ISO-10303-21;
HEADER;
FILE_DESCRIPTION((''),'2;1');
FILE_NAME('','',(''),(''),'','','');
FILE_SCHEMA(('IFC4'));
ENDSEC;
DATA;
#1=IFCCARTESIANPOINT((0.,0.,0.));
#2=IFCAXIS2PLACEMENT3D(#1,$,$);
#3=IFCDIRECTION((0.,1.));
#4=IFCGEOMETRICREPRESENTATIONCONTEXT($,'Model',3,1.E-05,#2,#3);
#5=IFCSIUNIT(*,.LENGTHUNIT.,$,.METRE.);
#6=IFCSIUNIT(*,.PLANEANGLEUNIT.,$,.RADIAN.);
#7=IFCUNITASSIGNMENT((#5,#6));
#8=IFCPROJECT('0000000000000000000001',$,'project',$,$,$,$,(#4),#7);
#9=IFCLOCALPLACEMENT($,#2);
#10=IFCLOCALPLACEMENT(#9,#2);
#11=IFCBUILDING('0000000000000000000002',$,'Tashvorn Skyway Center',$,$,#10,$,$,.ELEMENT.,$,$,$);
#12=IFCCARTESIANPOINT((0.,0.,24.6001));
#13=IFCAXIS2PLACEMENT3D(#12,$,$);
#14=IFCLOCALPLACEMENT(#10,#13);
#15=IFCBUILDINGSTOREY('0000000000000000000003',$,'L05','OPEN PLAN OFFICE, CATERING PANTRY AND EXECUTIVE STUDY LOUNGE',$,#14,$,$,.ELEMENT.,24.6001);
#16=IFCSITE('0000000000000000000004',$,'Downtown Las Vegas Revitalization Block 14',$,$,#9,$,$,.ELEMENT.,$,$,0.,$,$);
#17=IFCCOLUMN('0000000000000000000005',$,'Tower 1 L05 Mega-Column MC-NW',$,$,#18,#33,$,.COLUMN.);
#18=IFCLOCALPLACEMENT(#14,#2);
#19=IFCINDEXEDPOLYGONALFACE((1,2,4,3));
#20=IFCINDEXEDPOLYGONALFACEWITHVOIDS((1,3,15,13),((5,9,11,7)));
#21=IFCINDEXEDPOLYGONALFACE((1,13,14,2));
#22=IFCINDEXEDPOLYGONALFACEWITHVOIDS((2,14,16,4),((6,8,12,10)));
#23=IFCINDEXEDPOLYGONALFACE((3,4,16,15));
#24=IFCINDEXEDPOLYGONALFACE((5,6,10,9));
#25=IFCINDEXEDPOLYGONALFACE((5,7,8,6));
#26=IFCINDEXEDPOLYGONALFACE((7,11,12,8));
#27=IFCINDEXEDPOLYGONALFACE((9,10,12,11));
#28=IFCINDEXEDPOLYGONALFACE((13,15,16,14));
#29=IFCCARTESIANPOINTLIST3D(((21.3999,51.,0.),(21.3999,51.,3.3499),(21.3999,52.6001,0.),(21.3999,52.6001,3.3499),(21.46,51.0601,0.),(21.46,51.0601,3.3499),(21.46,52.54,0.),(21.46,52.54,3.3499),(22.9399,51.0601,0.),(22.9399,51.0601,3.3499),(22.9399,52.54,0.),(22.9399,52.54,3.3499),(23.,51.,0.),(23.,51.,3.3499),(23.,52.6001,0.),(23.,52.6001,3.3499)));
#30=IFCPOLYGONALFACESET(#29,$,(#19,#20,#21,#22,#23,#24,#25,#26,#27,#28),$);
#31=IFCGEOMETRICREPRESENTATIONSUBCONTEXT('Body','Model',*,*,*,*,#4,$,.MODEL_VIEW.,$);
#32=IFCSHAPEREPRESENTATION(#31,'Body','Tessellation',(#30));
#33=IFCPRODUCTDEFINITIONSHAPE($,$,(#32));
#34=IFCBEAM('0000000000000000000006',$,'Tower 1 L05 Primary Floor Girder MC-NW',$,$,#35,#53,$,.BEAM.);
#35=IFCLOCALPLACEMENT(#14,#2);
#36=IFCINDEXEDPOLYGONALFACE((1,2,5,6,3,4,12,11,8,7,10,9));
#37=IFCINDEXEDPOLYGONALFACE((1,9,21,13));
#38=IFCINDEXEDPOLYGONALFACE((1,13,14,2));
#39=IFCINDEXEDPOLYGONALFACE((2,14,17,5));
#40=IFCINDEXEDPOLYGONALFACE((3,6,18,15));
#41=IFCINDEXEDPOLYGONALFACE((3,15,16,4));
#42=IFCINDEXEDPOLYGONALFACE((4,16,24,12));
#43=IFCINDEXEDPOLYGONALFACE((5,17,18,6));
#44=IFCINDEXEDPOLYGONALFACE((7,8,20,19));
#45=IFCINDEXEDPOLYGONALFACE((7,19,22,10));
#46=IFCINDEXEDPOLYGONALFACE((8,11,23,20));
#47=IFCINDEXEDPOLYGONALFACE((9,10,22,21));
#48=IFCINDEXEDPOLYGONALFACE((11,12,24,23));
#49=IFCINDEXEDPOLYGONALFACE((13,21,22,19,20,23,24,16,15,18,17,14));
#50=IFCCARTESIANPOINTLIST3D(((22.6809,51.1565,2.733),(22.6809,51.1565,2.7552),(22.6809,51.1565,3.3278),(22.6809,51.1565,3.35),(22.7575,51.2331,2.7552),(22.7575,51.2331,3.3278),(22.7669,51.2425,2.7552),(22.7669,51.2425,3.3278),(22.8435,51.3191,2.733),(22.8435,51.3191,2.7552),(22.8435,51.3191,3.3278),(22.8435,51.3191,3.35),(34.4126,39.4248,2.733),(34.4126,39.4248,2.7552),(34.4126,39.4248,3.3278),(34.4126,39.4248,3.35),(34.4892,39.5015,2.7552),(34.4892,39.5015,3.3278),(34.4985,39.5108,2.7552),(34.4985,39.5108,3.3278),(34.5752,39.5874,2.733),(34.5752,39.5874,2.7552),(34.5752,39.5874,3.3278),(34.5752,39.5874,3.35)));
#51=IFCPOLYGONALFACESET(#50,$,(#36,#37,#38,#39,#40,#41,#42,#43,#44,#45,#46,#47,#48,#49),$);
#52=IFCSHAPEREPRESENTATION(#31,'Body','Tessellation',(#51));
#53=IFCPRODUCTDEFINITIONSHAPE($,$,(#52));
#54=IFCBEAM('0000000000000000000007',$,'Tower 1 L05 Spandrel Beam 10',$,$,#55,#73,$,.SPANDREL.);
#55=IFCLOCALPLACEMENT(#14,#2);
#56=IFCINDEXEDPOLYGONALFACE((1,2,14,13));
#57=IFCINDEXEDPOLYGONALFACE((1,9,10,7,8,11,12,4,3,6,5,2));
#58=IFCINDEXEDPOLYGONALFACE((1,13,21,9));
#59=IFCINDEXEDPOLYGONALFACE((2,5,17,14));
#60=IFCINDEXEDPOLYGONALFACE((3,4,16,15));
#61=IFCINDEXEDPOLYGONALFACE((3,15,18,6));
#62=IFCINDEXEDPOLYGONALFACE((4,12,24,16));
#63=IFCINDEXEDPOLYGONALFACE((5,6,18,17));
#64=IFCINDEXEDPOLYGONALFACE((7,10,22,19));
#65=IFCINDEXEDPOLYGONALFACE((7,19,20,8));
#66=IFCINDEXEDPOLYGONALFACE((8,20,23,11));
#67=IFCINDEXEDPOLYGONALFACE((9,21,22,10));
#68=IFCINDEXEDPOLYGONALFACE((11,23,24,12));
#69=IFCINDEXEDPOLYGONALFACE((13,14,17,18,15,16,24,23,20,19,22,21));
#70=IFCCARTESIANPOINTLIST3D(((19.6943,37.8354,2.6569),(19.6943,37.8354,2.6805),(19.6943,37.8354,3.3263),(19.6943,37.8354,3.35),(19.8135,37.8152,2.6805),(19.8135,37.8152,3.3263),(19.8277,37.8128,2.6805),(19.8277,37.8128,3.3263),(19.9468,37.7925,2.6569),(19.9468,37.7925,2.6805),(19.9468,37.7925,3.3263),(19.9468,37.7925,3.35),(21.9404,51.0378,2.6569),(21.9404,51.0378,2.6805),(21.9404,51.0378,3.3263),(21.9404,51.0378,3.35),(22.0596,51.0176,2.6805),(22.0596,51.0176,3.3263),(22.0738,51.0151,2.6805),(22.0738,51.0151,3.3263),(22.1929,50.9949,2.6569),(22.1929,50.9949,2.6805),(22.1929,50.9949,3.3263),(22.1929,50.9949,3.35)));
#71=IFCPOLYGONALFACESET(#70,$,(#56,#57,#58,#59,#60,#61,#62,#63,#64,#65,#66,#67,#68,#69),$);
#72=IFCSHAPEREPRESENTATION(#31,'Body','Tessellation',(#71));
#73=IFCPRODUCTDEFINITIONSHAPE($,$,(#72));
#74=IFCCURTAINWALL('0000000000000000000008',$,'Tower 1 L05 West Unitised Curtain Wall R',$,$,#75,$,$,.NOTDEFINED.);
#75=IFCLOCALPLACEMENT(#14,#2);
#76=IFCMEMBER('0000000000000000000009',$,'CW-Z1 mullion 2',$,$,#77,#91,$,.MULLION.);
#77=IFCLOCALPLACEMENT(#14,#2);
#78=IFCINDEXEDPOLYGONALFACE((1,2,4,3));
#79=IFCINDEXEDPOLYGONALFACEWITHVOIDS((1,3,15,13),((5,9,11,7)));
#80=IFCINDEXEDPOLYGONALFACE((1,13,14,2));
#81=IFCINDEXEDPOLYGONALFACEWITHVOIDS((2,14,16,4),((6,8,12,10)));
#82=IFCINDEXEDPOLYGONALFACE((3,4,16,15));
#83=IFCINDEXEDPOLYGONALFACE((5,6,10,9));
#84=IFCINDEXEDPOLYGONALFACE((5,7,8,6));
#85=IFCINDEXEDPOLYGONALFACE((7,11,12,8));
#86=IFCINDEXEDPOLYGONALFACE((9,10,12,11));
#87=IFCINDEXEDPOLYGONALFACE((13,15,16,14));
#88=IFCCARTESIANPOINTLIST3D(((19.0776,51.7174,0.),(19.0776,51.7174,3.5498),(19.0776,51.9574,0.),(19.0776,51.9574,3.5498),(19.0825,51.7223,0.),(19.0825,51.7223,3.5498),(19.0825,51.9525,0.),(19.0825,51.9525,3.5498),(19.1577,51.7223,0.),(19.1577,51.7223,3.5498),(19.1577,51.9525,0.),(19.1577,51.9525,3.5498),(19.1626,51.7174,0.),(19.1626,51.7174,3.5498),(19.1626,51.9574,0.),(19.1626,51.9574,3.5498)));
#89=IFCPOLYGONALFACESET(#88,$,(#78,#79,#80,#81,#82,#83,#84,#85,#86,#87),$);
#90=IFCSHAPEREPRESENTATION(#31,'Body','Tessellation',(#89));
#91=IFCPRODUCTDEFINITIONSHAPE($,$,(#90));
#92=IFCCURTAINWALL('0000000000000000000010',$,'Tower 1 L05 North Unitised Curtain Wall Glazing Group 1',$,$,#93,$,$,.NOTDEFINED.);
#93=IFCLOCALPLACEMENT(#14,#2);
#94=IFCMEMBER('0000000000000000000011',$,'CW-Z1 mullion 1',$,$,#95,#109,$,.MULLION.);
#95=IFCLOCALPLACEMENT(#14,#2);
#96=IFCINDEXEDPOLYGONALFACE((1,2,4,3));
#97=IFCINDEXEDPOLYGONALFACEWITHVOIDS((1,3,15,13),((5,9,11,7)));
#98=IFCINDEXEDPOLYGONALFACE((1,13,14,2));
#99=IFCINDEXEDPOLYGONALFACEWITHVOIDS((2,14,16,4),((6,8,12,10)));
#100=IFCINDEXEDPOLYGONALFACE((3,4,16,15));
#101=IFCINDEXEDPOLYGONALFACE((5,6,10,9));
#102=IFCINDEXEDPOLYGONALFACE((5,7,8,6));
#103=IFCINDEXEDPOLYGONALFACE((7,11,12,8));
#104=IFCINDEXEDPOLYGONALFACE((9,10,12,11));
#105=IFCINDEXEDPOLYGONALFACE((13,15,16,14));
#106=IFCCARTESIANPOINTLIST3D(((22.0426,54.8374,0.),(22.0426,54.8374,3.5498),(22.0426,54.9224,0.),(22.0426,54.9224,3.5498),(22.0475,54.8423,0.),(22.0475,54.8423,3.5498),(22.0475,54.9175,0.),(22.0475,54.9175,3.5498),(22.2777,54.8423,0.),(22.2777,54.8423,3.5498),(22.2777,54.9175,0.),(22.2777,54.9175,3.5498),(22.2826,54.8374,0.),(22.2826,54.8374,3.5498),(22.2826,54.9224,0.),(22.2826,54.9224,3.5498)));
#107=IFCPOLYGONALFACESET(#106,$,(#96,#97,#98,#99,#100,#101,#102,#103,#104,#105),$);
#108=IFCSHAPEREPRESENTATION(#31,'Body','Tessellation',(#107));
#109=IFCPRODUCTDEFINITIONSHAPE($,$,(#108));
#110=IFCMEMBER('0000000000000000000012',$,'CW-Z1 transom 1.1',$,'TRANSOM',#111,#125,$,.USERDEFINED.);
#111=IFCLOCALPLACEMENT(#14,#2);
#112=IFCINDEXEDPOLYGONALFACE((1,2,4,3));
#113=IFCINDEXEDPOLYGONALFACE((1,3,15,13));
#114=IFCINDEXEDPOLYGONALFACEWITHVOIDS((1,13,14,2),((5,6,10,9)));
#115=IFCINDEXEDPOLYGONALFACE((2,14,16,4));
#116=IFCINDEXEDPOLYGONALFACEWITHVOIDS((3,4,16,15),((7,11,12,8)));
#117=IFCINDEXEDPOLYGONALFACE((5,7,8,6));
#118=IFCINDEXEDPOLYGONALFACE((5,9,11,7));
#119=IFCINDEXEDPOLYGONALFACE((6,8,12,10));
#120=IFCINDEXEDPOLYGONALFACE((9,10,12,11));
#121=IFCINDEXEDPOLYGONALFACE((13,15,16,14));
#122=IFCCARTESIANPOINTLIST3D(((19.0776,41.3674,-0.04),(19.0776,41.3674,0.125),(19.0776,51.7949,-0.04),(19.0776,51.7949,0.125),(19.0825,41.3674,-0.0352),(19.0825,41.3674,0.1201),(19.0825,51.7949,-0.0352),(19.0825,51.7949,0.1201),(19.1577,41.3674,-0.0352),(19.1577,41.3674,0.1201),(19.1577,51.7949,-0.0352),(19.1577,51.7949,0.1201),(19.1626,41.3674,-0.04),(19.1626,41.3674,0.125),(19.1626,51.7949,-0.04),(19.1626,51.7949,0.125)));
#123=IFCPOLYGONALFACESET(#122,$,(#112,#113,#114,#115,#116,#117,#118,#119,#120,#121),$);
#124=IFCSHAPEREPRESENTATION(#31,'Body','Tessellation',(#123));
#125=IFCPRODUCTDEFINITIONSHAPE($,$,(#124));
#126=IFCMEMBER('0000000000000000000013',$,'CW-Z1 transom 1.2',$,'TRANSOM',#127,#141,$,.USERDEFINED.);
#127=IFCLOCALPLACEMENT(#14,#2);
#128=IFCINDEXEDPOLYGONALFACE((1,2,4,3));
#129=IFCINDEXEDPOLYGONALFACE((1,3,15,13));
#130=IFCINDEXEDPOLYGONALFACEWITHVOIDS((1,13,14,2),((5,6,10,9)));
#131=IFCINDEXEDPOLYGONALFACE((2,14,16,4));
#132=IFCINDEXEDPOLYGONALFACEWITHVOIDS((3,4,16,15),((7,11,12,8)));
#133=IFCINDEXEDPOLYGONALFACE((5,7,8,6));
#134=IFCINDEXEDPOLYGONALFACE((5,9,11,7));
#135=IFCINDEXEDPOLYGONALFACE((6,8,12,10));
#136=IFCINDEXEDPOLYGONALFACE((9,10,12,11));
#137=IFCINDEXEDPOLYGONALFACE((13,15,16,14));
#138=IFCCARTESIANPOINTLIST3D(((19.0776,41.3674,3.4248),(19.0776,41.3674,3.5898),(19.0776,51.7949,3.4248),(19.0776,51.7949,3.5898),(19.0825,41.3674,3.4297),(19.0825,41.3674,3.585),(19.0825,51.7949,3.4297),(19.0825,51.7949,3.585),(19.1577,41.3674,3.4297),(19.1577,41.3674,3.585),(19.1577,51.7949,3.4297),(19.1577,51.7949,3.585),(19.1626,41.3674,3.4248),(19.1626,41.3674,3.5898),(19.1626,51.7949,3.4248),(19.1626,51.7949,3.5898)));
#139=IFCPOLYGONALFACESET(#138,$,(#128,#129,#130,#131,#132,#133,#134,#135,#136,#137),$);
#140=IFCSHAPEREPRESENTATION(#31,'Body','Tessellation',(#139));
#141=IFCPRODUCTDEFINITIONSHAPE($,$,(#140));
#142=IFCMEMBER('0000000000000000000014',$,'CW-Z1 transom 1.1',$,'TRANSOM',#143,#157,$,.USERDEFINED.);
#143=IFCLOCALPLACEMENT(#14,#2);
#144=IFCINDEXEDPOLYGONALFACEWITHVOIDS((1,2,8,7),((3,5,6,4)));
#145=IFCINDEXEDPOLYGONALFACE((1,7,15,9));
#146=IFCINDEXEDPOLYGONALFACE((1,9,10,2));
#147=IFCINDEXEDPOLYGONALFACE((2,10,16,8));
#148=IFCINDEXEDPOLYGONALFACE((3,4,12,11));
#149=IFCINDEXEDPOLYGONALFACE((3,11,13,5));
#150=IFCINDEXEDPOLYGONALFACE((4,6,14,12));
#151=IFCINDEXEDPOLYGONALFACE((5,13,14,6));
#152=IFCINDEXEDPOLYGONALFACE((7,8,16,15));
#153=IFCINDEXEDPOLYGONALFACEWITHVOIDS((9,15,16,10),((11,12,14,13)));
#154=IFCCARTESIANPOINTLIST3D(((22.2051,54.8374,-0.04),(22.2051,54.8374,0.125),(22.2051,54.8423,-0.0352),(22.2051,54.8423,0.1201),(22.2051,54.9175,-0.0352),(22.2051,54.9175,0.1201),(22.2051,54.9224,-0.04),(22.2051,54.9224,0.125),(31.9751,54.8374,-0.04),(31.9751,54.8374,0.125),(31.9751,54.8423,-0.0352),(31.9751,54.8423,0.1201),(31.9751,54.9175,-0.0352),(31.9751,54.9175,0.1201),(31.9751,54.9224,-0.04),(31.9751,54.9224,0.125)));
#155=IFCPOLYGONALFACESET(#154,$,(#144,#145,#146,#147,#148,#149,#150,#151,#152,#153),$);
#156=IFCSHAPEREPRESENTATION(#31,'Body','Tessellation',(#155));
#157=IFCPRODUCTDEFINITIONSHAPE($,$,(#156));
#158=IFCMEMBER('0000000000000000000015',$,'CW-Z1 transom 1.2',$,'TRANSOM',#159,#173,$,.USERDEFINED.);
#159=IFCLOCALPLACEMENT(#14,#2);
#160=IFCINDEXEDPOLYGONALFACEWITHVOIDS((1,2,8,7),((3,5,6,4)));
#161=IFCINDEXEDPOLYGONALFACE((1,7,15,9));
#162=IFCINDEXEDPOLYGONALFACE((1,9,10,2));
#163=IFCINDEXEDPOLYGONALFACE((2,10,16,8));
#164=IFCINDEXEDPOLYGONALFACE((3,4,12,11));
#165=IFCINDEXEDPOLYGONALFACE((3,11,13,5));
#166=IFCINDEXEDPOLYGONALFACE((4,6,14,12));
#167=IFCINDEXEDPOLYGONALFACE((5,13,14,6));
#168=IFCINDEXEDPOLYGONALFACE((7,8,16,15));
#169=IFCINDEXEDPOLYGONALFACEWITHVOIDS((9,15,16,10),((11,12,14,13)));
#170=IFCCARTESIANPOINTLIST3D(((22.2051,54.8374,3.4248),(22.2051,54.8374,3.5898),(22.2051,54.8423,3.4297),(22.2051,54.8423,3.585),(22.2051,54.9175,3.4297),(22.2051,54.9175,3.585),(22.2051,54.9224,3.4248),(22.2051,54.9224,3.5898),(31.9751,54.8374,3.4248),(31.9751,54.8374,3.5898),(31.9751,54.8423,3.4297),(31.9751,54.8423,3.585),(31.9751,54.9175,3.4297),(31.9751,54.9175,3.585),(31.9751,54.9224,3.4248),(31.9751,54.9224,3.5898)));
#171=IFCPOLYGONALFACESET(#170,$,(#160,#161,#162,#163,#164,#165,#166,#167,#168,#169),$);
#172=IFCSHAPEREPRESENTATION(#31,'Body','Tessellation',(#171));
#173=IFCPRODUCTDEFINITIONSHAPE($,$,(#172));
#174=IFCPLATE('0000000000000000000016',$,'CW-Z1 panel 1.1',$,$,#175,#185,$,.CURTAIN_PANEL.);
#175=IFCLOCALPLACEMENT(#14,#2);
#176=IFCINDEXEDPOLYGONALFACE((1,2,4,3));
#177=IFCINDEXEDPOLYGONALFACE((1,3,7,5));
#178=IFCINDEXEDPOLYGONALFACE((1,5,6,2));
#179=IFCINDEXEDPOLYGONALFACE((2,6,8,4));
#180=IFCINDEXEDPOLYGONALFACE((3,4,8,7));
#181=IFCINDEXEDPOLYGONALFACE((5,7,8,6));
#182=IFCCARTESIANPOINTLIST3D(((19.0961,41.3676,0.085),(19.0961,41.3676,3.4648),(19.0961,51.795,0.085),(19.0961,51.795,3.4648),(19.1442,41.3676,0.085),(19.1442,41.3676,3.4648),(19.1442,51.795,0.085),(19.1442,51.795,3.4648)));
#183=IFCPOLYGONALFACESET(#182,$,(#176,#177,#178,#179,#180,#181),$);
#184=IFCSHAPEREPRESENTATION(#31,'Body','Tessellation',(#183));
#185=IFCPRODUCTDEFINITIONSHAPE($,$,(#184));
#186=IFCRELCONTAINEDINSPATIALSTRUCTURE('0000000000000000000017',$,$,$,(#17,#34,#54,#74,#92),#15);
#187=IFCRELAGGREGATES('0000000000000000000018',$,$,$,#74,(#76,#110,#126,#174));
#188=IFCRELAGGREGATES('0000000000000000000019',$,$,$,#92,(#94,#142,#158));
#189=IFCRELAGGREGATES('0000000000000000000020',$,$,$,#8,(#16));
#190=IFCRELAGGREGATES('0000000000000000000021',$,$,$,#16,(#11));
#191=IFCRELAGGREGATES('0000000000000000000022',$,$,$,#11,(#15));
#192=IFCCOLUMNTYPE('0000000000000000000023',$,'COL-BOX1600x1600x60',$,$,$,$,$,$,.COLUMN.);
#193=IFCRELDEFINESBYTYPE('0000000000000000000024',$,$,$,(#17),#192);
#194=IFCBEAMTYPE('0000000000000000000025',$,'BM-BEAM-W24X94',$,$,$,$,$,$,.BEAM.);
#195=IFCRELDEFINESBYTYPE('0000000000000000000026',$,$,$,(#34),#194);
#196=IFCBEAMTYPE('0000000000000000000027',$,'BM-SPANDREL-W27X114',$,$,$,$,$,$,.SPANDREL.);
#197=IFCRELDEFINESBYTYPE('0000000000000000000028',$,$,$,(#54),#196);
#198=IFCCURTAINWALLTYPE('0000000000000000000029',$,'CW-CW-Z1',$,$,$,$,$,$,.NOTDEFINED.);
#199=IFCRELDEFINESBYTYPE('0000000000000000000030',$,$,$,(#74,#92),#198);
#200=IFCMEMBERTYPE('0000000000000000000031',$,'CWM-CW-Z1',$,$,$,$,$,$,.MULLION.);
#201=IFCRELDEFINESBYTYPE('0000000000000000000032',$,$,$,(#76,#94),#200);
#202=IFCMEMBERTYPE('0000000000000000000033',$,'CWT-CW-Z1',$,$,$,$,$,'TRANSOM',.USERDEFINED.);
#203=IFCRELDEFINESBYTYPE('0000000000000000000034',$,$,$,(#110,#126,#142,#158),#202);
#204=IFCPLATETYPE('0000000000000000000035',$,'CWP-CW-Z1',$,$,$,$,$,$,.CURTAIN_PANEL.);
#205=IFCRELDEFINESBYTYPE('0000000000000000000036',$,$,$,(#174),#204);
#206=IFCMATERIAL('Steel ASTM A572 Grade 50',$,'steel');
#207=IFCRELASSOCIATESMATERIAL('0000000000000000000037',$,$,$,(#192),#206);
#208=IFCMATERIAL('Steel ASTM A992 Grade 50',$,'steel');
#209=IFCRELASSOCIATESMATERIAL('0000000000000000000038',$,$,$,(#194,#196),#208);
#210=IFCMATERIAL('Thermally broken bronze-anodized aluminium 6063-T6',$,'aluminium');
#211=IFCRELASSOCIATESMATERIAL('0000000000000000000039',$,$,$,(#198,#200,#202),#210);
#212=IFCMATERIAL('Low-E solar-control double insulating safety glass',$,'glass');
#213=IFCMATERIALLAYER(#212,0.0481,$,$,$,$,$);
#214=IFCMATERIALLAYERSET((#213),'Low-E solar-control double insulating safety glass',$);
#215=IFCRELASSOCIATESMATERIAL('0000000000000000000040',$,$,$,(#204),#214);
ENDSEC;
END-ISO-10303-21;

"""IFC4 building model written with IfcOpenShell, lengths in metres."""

from ifc_helpers import new_model, si_unit, direction, frame, origin, origin_2d, place, context, subcontext, project, spatial, rectangle, hollow_rectangle, i_section, extrude, material, layer, layer_set, material_profile, profile_set, type_object, element, aggregate, save


model = new_model("IFC4")

# Units and contexts
model_context = context("Model", 3, precision=1e-05, world=origin(), true_north=direction((0.0, 1.0)))
body_context = subcontext(model_context, "Body", "Model", "MODEL_VIEW")
ifc_project = project(units=[si_unit("LENGTHUNIT", "METRE"), si_unit("PLANEANGLEUNIT", "RADIAN")], contexts=[model_context])

# Site, building, storey
site_placement = place(None, origin())
site = spatial("IfcSite", under=ifc_project, at=site_placement, Name="Downtown Las Vegas Revitalization Block 14", CompositionType="ELEMENT", RefElevation=0.0)
building_placement = place(site_placement, origin())
building = spatial("IfcBuilding", under=site, at=building_placement, Name="Tashvorn Skyway Center", CompositionType="ELEMENT")
storey_placement = place(building_placement, frame((0.0, 0.0, 24.6001)))
storey = spatial("IfcBuildingStorey", under=building, at=storey_placement, Name="L05", Description="OPEN PLAN OFFICE, CATERING PANTRY AND EXECUTIVE STUDY LOUNGE", CompositionType="ELEMENT", Elevation=24.6001)

# Column
ifc_material_1 = material(Name="Steel ASTM A572 Grade 50", Category="steel")
ifc_material_profile_1 = material_profile(ifc_material_1, hollow_rectangle(XDim=1.6001, YDim=1.6001, WallThickness=0.0601, at=origin_2d()), Name="BOX1600x1600x60")
ifc_profile_set_1 = profile_set([ifc_material_profile_1], Name="Steel ASTM A572 Grade 50")
column_type = type_object("IfcColumnType", Name="COL-BOX1600x1600x60", PredefinedType="COLUMN", material=ifc_profile_set_1)
column_placement = place(storey_placement, frame((22.2, 51.8, 0.0), z_axis=(0.0, 0.0, 1.0), x_axis=(1.0, 0.0, 0.0)))
element("IfcColumn", 1, at=column_placement, inside=storey, type_object=column_type, Name="Tower 1 L05 Mega-Column MC-NW", PredefinedType="COLUMN", context=body_context, shape_type="SweptSolid", body=[
    extrude(hollow_rectangle(XDim=1.6001, YDim=1.6001, WallThickness=0.0601, at=origin_2d()), origin(), (0.0, 0.0, 1.0), 3.3499),
])

# Beams
ifc_material_2 = material(Name="Steel ASTM A992 Grade 50", Category="steel")
ifc_material_profile_2 = material_profile(ifc_material_2, i_section(OverallWidth=0.23, OverallDepth=0.6169, WebThickness=0.0132, FlangeThickness=0.0222, at=origin_2d()), Name="W24X94")
ifc_profile_set_2 = profile_set([ifc_material_profile_2], Name="Steel ASTM A992 Grade 50")
beam_type_1 = type_object("IfcBeamType", Name="BM-BEAM-W24X94", PredefinedType="BEAM", material=ifc_profile_set_2)
beam_1_placement = place(storey_placement, frame((22.7622, 51.2378, 3.0415), z_axis=(0.707107, -0.707107, 0.0), x_axis=(0.707107, 0.707107, 0.0)))
element("IfcBeam", 2, at=beam_1_placement, inside=storey, type_object=beam_type_1, Name="Tower 1 L05 Primary Floor Girder MC-NW", PredefinedType="BEAM", context=body_context, shape_type="SweptSolid", body=[
    extrude(i_section(OverallWidth=0.23, OverallDepth=0.6169, WebThickness=0.0132, FlangeThickness=0.0222, at=origin_2d()), origin(), (0.0, 0.0, 1.0), 16.5911),
])
ifc_material_profile_3 = material_profile(ifc_material_2, i_section(OverallWidth=0.2561, OverallDepth=0.6931, WebThickness=0.0144, FlangeThickness=0.0237, at=origin_2d()), Name="W27X114")
ifc_profile_set_3 = profile_set([ifc_material_profile_3], Name="Steel ASTM A992 Grade 50")
beam_type_2 = type_object("IfcBeamType", Name="BM-SPANDREL-W27X114", PredefinedType="SPANDREL", material=ifc_profile_set_3)
beam_2_placement = place(storey_placement, frame((22.0667, 51.0164, 3.0034), z_axis=(-0.167718, -0.985835, 0.0), x_axis=(0.985835, -0.167718, 0.0)))
element("IfcBeam", 3, at=beam_2_placement, inside=storey, type_object=beam_type_2, Name="Tower 1 L05 Spandrel Beam 10", PredefinedType="SPANDREL", context=body_context, shape_type="SweptSolid", body=[
    extrude(i_section(OverallWidth=0.2561, OverallDepth=0.6931, WebThickness=0.0144, FlangeThickness=0.0237, at=origin_2d()), origin(), (0.0, 0.0, 1.0), 13.3921),
])

# Curtain walls, members
ifc_material_3 = material(Name="Thermally broken bronze-anodized aluminium 6063-T6", Category="aluminium")
curtain_wall_type = type_object("IfcCurtainWallType", Name="CW-CW-Z1", PredefinedType="NOTDEFINED", material=ifc_material_3)
curtain_wall_1_placement = place(storey_placement, origin())
curtain_wall_1 = element("IfcCurtainWall", 4, at=curtain_wall_1_placement, inside=storey, type_object=curtain_wall_type, Name="Tower 1 L05 West Unitised Curtain Wall R", PredefinedType="NOTDEFINED")
ifc_material_profile_4 = material_profile(ifc_material_3, hollow_rectangle(XDim=0.085, YDim=0.24, WallThickness=0.0049, at=origin_2d()), Name="ALU-MULL-85x240")
ifc_profile_set_4 = profile_set([ifc_material_profile_4], Name="Thermally broken bronze-anodized aluminium 6063-T6")
member_type_1 = type_object("IfcMemberType", Name="CWM-CW-Z1", PredefinedType="MULLION", material=ifc_profile_set_4)
member_1_placement = place(storey_placement, frame((19.1201, 51.8374, 0.0), z_axis=(0.0, 0.0, 1.0), x_axis=(-1.0, 0.0, 0.0)))
member_1 = element("IfcMember", 5, at=member_1_placement, type_object=member_type_1, Name="CW-Z1 mullion 2", PredefinedType="MULLION", context=body_context, shape_type="SweptSolid", body=[
    extrude(hollow_rectangle(XDim=0.085, YDim=0.24, WallThickness=0.0049, at=origin_2d()), origin(), (0.0, 0.0, 1.0), 3.5498),
])
curtain_wall_2_placement = place(storey_placement, origin())
curtain_wall_2 = element("IfcCurtainWall", 6, at=curtain_wall_2_placement, inside=storey, type_object=curtain_wall_type, Name="Tower 1 L05 North Unitised Curtain Wall Glazing Group 1", PredefinedType="NOTDEFINED")
member_2_placement = place(storey_placement, frame((22.1626, 54.8799, 0.0), z_axis=(0.0, 0.0, 1.0), x_axis=(0.0, 1.0, 0.0)))
member_2 = element("IfcMember", 7, at=member_2_placement, type_object=member_type_1, Name="CW-Z1 mullion 1", PredefinedType="MULLION", context=body_context, shape_type="SweptSolid", body=[
    extrude(hollow_rectangle(XDim=0.085, YDim=0.24, WallThickness=0.0049, at=origin_2d()), origin(), (0.0, 0.0, 1.0), 3.5498),
])

# Members
ifc_material_profile_5 = material_profile(ifc_material_3, hollow_rectangle(XDim=0.085, YDim=0.165, WallThickness=0.0049, at=origin_2d()), Name="ALU-TRAN-85x165")
ifc_profile_set_5 = profile_set([ifc_material_profile_5], Name="Thermally broken bronze-anodized aluminium 6063-T6")
member_type_2 = type_object("IfcMemberType", Name="CWT-CW-Z1", ElementType="TRANSOM", PredefinedType="USERDEFINED", material=ifc_profile_set_5)
member_3_placement = place(storey_placement, frame((19.1201, 41.3674, 0.0425), z_axis=(0.0, 1.0, 0.0), x_axis=(-1.0, 0.0, 0.0)))
member_3 = element("IfcMember", 8, at=member_3_placement, type_object=member_type_2, Name="CW-Z1 transom 1.1", ObjectType="TRANSOM", PredefinedType="USERDEFINED", context=body_context, shape_type="SweptSolid", body=[
    extrude(hollow_rectangle(XDim=0.085, YDim=0.165, WallThickness=0.0049, at=origin_2d()), origin(), (0.0, 0.0, 1.0), 10.4275),
])
member_4_placement = place(storey_placement, frame((19.1201, 41.3674, 3.5073), z_axis=(0.0, 1.0, 0.0), x_axis=(-1.0, 0.0, 0.0)))
member_4 = element("IfcMember", 9, at=member_4_placement, type_object=member_type_2, Name="CW-Z1 transom 1.2", ObjectType="TRANSOM", PredefinedType="USERDEFINED", context=body_context, shape_type="SweptSolid", body=[
    extrude(hollow_rectangle(XDim=0.085, YDim=0.165, WallThickness=0.0049, at=origin_2d()), origin(), (0.0, 0.0, 1.0), 10.4275),
])
member_5_placement = place(storey_placement, frame((22.2051, 54.8799, 0.0425), z_axis=(1.0, 0.0, 0.0), x_axis=(0.0, 1.0, 0.0)))
member_5 = element("IfcMember", 10, at=member_5_placement, type_object=member_type_2, Name="CW-Z1 transom 1.1", ObjectType="TRANSOM", PredefinedType="USERDEFINED", context=body_context, shape_type="SweptSolid", body=[
    extrude(hollow_rectangle(XDim=0.085, YDim=0.165, WallThickness=0.0049, at=origin_2d()), origin(), (0.0, 0.0, 1.0), 9.77),
])
member_6_placement = place(storey_placement, frame((22.2051, 54.8799, 3.5073), z_axis=(1.0, 0.0, 0.0), x_axis=(0.0, 1.0, 0.0)))
member_6 = element("IfcMember", 11, at=member_6_placement, type_object=member_type_2, Name="CW-Z1 transom 1.2", ObjectType="TRANSOM", PredefinedType="USERDEFINED", context=body_context, shape_type="SweptSolid", body=[
    extrude(hollow_rectangle(XDim=0.085, YDim=0.165, WallThickness=0.0049, at=origin_2d()), origin(), (0.0, 0.0, 1.0), 9.77),
])

# Plate
ifc_material_4 = material(Name="Low-E solar-control double insulating safety glass", Category="glass")
ifc_layer_1 = layer(ifc_material_4, 0.0481)
ifc_layer_set_1 = layer_set([ifc_layer_1], Name="Low-E solar-control double insulating safety glass")
plate_type = type_object("IfcPlateType", Name="CWP-CW-Z1", PredefinedType="CURTAIN_PANEL", material=ifc_layer_set_1)
plate_1_placement = place(storey_placement, frame((19.1201, 46.5813, 0.085), z_axis=(0.0, 0.0, 1.0), x_axis=(0.0, 1.0, 0.0)))
plate_1 = element("IfcPlate", 12, at=plate_1_placement, type_object=plate_type, Name="CW-Z1 panel 1.1", PredefinedType="CURTAIN_PANEL", context=body_context, shape_type="SweptSolid", body=[
    extrude(rectangle(XDim=10.4275, YDim=0.0481, at=origin_2d()), origin(), (0.0, 0.0, 1.0), 3.3799),
])
aggregate(curtain_wall_1, [member_1, member_3, member_4, plate_1])
aggregate(curtain_wall_2, [member_2, member_5, member_6])

save(model, "model.ifc")
